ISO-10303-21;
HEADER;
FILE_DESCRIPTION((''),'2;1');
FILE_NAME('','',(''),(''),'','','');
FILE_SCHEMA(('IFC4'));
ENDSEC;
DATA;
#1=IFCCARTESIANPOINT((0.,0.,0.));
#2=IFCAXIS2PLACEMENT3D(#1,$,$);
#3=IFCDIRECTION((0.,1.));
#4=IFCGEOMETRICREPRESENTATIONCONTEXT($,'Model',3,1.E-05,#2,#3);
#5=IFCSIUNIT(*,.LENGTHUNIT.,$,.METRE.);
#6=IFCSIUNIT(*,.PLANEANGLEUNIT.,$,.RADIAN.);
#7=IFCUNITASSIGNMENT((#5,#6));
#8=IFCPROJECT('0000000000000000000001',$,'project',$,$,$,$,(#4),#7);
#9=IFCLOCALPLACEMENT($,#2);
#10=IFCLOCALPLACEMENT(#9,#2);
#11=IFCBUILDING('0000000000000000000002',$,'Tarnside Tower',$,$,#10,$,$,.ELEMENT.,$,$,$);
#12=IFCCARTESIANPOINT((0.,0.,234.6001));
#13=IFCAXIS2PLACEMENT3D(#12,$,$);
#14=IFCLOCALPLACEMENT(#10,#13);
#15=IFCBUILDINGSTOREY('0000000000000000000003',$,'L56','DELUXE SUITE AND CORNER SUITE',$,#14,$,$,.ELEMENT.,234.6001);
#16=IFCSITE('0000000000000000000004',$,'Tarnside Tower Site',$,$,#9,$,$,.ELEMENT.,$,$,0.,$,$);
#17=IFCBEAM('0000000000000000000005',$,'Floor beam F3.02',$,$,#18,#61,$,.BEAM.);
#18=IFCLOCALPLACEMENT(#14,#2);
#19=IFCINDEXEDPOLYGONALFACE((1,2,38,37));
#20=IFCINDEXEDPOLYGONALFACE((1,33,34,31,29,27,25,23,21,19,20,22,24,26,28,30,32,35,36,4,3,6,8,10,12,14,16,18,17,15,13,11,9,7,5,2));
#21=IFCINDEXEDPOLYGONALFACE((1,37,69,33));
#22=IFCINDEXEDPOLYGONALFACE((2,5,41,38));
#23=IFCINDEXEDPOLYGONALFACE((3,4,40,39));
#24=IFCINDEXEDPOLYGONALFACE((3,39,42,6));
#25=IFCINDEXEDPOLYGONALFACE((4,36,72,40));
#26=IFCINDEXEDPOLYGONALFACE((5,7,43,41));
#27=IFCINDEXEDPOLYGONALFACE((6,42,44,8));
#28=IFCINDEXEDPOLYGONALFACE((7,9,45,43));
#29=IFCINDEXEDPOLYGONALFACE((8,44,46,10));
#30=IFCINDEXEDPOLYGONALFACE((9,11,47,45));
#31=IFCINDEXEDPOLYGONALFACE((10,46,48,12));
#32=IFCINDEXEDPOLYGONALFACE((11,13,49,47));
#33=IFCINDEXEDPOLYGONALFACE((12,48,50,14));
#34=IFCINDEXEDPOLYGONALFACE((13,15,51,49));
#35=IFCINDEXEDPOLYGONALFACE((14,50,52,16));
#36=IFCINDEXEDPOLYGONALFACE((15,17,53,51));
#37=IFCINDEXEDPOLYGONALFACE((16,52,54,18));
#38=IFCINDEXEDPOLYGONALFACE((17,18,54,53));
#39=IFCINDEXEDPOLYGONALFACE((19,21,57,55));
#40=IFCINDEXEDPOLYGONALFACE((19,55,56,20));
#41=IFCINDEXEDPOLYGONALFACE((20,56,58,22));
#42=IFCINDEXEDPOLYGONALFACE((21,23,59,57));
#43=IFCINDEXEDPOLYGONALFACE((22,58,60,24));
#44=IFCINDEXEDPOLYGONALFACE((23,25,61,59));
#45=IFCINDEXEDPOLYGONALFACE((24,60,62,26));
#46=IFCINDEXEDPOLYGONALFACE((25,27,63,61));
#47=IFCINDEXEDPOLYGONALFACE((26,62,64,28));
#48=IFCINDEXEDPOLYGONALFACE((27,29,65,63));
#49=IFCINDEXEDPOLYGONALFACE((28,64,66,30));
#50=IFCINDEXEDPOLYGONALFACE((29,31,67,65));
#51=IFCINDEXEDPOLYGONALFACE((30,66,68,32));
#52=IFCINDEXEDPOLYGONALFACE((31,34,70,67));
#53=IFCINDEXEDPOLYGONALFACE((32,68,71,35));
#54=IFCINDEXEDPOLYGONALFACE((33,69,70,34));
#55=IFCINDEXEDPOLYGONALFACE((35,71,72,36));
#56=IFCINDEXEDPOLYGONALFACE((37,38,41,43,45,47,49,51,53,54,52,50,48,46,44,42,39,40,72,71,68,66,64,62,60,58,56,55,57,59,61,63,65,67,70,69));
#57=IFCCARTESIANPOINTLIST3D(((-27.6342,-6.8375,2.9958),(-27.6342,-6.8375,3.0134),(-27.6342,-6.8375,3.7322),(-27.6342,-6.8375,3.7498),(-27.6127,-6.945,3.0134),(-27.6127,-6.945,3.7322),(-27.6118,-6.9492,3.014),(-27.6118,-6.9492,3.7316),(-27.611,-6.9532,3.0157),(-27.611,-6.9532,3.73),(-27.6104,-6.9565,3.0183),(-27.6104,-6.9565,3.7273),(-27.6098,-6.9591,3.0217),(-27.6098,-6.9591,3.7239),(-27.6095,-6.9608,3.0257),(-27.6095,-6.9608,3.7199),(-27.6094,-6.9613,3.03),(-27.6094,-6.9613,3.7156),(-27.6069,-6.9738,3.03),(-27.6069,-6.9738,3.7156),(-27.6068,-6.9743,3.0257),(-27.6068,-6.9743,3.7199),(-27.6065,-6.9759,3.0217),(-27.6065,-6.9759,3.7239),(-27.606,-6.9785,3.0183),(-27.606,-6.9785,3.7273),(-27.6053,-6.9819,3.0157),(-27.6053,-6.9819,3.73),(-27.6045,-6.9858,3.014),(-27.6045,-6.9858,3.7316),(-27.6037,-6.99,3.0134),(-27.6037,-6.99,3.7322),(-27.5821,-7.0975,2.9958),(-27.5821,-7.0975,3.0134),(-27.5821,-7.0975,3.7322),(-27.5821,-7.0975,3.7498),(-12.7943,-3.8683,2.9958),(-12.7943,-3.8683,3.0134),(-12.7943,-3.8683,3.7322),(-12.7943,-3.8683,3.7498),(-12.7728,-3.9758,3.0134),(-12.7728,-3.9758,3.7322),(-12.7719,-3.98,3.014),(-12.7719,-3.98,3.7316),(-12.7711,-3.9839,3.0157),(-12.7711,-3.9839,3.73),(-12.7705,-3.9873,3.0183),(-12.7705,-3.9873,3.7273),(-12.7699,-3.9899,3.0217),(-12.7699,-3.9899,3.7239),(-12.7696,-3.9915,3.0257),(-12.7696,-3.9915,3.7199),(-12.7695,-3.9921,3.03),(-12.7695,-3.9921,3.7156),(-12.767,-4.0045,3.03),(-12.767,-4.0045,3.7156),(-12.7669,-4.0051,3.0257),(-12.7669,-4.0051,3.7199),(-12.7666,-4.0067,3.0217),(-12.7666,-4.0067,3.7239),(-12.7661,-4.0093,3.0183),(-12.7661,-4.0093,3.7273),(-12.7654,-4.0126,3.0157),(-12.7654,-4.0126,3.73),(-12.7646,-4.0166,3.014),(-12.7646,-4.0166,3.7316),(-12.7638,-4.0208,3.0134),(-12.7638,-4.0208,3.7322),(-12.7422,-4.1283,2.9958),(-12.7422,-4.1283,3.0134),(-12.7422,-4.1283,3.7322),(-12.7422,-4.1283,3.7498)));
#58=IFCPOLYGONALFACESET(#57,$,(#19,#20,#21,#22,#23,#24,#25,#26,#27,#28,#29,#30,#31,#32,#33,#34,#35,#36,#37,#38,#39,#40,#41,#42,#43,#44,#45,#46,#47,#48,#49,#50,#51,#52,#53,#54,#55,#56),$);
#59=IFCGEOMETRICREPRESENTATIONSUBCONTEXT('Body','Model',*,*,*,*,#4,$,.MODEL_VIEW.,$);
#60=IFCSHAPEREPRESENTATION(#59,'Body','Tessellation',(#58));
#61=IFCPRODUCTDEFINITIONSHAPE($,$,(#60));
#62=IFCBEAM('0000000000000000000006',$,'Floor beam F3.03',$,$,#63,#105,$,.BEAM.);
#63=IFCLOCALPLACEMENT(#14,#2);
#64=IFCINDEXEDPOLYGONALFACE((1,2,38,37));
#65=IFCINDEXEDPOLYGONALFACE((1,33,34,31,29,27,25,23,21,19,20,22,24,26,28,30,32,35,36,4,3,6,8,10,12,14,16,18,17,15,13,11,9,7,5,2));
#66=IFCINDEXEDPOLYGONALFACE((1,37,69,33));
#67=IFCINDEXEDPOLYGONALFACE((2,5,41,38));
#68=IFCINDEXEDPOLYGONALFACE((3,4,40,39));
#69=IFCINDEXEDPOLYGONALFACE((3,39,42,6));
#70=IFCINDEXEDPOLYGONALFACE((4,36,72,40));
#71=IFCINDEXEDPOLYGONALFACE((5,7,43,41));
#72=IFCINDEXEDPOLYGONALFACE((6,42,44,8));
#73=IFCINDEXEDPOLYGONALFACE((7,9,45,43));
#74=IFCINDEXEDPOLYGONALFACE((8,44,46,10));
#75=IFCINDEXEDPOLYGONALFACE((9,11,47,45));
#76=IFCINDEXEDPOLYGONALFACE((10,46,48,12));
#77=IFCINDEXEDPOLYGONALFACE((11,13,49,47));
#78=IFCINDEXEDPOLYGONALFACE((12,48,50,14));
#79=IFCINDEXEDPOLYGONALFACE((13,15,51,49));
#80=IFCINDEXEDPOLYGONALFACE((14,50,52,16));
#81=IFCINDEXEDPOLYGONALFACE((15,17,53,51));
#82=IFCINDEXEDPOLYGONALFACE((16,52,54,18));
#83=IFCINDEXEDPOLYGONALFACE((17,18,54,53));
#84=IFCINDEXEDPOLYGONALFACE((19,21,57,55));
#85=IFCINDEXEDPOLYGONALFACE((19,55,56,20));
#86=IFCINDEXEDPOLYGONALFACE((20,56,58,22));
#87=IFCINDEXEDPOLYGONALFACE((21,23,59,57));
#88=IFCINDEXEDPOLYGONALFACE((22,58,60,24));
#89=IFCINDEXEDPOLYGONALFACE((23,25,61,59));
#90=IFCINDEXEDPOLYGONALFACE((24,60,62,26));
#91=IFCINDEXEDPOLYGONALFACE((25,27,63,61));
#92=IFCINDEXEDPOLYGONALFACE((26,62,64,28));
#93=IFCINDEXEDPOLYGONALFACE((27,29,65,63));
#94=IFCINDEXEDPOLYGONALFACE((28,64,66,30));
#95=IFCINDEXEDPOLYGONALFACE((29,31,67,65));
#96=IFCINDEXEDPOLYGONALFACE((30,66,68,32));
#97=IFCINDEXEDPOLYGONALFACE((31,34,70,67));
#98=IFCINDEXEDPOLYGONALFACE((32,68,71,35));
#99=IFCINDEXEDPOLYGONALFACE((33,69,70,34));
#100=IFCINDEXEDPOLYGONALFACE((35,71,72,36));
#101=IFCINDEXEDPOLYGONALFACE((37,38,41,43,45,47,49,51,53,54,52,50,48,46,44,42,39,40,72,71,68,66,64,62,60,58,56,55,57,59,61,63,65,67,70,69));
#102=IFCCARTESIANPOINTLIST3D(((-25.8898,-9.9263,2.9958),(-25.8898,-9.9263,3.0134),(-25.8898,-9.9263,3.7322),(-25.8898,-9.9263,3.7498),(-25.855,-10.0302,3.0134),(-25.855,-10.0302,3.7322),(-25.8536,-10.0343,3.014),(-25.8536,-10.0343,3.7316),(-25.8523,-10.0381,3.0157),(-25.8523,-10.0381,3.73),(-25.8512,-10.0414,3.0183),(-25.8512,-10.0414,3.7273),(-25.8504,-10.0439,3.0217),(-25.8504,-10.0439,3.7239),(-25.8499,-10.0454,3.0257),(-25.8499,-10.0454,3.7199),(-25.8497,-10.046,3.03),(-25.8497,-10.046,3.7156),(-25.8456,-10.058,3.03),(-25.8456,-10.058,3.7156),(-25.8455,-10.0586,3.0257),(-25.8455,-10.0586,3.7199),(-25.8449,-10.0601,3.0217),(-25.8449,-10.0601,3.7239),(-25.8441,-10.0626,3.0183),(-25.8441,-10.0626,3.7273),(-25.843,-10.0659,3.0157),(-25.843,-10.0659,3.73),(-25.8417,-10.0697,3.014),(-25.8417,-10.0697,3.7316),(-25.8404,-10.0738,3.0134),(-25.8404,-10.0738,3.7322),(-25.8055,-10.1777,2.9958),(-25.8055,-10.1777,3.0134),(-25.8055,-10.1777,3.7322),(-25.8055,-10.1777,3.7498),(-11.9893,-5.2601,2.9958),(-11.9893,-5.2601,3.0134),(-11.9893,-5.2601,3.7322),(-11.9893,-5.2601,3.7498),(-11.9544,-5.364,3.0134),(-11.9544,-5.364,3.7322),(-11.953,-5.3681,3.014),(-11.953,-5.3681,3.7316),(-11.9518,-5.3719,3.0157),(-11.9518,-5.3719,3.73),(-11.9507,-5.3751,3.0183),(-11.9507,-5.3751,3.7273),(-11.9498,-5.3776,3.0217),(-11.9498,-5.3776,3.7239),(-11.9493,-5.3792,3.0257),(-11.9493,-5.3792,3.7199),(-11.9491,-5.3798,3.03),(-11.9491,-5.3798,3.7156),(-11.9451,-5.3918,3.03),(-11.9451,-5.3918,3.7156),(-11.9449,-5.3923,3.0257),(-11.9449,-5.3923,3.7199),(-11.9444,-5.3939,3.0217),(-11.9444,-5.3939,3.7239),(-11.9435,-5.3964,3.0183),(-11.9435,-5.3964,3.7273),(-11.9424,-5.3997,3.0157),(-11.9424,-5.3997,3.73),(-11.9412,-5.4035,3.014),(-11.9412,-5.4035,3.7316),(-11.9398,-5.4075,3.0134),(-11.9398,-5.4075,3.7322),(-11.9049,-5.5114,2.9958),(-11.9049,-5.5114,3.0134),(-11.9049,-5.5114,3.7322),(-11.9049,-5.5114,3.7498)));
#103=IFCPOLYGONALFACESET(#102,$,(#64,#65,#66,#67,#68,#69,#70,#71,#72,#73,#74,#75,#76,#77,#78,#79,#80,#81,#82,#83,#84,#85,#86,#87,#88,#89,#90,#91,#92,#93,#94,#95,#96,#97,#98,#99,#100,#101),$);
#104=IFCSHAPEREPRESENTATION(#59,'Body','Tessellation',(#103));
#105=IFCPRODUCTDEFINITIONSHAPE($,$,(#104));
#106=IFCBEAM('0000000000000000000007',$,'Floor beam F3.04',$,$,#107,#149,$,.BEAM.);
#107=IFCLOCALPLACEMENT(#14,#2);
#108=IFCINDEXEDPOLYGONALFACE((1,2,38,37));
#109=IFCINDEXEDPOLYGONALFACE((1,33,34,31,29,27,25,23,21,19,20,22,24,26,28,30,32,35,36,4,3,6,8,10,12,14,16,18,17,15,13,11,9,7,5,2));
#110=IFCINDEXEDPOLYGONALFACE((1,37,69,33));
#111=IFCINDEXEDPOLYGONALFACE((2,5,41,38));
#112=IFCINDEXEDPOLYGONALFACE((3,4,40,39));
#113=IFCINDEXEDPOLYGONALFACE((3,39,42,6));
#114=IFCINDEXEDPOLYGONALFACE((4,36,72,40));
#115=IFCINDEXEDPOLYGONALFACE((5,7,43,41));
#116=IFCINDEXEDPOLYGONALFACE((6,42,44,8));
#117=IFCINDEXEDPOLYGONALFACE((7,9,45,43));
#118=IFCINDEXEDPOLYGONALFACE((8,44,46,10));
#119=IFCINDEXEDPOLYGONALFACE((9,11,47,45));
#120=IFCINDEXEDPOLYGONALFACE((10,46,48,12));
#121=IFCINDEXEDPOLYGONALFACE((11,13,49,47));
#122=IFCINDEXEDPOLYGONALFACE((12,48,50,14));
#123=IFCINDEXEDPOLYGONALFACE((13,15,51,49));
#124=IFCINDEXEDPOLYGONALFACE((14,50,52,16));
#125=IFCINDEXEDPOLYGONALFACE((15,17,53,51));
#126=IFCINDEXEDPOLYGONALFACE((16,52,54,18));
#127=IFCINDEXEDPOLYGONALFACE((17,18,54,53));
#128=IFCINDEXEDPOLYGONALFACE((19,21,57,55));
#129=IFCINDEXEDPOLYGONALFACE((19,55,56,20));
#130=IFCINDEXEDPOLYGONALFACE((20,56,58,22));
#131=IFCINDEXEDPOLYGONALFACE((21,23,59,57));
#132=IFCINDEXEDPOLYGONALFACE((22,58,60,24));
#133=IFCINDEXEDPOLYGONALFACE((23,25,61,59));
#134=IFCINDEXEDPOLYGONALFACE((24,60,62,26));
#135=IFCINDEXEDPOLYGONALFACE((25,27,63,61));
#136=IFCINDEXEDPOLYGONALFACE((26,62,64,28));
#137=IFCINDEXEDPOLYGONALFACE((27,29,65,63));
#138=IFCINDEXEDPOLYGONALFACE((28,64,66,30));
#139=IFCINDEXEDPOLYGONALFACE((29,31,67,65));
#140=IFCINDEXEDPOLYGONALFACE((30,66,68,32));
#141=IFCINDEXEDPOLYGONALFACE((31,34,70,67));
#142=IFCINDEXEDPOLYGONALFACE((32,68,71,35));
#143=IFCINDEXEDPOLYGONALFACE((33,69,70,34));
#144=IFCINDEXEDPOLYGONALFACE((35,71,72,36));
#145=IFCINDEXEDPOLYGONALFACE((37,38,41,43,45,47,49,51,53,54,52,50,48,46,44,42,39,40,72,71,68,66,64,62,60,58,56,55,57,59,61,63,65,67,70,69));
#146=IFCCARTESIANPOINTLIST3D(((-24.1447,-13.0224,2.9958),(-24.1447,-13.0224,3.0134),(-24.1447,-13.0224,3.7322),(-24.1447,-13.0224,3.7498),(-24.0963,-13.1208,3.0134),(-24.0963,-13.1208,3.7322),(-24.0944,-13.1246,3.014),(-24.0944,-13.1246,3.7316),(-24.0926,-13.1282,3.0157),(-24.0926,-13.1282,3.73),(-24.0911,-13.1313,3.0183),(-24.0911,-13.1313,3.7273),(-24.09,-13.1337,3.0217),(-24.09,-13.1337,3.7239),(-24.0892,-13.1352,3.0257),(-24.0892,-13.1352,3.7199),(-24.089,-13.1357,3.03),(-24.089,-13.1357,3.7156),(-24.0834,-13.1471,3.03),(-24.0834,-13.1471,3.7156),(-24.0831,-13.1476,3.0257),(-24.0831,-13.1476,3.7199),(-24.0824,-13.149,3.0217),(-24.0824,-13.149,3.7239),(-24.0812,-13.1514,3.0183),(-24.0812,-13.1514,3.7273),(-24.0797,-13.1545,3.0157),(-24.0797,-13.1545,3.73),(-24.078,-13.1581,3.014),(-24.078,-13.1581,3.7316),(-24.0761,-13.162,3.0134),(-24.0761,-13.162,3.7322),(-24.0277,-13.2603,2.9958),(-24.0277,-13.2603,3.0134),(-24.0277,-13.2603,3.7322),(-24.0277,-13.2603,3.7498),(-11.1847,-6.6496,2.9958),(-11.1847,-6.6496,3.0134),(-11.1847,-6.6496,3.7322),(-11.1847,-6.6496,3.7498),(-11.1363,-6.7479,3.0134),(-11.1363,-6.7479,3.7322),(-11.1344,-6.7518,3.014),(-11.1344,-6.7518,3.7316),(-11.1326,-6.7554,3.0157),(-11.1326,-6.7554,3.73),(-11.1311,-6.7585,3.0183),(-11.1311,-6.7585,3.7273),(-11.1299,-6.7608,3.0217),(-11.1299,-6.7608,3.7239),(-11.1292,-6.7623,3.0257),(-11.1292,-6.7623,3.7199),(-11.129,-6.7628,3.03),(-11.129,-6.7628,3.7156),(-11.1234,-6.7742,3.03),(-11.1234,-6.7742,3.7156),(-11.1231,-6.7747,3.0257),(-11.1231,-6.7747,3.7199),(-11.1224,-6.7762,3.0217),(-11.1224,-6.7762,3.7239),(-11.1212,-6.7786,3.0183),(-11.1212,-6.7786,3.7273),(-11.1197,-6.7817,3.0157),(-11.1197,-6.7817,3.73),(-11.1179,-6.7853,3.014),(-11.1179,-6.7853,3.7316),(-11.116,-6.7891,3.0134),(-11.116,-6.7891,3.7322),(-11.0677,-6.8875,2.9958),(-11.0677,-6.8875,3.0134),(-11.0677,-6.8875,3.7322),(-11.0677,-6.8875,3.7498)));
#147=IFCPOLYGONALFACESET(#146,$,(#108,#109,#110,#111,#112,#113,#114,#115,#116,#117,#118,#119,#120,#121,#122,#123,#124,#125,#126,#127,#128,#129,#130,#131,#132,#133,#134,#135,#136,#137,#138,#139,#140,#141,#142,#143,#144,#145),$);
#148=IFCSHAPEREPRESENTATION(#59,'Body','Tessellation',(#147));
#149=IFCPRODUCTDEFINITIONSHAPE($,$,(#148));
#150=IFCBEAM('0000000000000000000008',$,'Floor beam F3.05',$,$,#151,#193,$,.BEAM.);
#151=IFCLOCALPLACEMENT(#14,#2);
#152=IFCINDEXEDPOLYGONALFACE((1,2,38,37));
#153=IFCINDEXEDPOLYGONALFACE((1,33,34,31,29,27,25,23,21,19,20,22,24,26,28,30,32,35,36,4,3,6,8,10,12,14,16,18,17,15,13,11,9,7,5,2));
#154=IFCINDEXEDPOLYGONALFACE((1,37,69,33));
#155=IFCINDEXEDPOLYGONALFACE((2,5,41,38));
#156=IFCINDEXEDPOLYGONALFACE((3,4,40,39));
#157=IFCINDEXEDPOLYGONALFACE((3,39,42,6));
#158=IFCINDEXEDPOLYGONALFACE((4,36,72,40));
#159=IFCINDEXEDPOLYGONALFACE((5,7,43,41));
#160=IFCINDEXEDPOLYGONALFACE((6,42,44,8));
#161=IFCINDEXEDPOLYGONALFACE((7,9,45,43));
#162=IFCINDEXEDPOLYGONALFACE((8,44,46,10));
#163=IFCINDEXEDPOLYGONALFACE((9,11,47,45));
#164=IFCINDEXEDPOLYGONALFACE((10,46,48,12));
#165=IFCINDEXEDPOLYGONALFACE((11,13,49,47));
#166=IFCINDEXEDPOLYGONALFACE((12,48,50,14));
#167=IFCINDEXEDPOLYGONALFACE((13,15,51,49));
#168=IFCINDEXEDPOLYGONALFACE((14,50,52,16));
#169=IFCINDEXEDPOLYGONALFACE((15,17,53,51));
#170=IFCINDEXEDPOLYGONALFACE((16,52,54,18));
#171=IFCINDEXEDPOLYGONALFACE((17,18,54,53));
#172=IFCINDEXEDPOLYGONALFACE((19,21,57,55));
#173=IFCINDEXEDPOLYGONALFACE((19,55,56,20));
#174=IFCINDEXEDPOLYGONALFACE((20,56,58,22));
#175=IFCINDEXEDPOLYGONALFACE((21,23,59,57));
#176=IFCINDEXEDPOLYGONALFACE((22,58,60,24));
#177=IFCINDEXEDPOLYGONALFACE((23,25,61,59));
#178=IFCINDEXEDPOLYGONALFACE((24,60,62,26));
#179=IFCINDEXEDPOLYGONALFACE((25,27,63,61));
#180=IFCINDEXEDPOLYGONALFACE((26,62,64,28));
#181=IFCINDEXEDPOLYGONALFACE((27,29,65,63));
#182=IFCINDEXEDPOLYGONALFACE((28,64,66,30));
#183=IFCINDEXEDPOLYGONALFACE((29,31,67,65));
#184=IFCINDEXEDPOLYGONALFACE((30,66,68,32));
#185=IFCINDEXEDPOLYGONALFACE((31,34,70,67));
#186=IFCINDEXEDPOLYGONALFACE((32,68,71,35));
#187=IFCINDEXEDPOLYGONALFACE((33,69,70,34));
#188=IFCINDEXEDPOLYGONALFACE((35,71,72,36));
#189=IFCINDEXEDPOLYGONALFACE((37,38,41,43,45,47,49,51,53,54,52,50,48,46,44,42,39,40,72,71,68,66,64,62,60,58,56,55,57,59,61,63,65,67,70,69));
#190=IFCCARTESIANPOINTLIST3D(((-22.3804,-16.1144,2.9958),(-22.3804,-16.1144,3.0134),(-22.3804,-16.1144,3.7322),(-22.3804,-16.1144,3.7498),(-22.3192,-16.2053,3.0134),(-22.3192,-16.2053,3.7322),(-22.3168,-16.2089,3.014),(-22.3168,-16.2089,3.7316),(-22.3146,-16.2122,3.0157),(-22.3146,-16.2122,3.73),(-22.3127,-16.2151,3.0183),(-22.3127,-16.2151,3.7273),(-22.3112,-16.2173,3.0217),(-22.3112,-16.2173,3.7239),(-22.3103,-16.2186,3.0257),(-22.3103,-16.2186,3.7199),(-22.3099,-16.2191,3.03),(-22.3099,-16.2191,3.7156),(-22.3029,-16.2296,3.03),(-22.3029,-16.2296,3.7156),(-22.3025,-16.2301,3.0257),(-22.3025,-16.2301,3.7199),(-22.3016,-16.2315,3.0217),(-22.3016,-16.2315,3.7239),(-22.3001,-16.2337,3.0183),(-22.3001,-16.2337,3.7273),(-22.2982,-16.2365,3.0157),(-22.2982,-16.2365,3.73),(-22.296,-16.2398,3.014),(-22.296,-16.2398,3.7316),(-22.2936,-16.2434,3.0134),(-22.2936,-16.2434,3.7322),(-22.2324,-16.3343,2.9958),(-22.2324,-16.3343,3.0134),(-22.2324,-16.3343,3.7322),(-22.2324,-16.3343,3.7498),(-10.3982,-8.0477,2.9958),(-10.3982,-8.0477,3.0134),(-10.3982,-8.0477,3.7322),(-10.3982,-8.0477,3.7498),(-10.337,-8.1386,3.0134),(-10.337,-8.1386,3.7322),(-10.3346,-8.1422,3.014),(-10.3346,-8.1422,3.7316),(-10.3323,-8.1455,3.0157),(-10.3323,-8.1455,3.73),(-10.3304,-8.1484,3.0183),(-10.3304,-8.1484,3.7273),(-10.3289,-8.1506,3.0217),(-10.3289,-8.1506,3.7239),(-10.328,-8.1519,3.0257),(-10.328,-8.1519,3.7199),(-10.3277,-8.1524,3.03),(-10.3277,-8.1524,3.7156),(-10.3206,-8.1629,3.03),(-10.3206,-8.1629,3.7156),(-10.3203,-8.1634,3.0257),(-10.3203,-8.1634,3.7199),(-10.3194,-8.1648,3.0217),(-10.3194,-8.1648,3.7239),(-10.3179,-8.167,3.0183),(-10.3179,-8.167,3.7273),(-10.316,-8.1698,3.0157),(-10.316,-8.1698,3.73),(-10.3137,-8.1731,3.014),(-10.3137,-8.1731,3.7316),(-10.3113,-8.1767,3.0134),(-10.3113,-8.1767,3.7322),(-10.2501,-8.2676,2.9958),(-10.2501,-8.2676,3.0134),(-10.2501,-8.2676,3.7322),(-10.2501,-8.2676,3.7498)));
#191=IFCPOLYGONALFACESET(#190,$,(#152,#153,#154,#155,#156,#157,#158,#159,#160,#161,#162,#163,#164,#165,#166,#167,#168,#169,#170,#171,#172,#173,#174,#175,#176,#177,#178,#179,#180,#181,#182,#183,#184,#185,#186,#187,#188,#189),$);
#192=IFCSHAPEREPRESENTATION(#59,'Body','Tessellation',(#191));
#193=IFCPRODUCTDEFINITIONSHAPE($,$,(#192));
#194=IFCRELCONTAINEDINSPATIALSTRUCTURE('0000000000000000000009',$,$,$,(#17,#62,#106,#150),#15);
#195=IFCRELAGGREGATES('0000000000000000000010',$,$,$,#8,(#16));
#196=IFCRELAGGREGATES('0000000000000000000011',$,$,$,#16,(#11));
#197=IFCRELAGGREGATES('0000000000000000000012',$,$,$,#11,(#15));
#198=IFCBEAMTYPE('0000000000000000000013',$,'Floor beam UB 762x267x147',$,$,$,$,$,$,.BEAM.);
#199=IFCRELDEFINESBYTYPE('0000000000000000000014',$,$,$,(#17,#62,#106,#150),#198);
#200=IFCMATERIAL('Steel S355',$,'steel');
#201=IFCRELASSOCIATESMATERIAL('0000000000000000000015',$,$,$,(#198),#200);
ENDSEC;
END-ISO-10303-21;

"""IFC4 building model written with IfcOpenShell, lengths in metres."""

from ifc_helpers import new_model, si_unit, direction, frame, origin, origin_2d, place, context, subcontext, project, spatial, i_section, extrude, material, material_profile, profile_set, type_object, element, save


model = new_model("IFC4")

# Units and contexts
model_context = context("Model", 3, precision=1e-05, world=origin(), true_north=direction((0.0, 1.0)))
body_context = subcontext(model_context, "Body", "Model", "MODEL_VIEW")
ifc_project = project(units=[si_unit("LENGTHUNIT", "METRE"), si_unit("PLANEANGLEUNIT", "RADIAN")], contexts=[model_context])

# Site, building, storey
site_placement = place(None, origin())
site = spatial("IfcSite", under=ifc_project, at=site_placement, Name="Tarnside Tower Site", CompositionType="ELEMENT", RefElevation=0.0)
building_placement = place(site_placement, origin())
building = spatial("IfcBuilding", under=site, at=building_placement, Name="Tarnside Tower", CompositionType="ELEMENT")
storey_placement = place(building_placement, frame((0.0, 0.0, 234.6001)))
storey = spatial("IfcBuildingStorey", under=building, at=storey_placement, Name="L56", Description="DELUXE SUITE AND CORNER SUITE", CompositionType="ELEMENT", Elevation=234.6001)

# Beams
ifc_material_1 = material(Name="Steel S355", Category="steel")
ifc_material_profile_1 = material_profile(ifc_material_1, i_section(OverallWidth=0.2651, OverallDepth=0.7539, WebThickness=0.0127, FlangeThickness=0.0176, FilletRadius=0.0166, at=origin_2d()), Name="UB 762x267x147")
ifc_profile_set_1 = profile_set([ifc_material_profile_1], Name="Steel S355")
beam_type_1 = type_object("IfcBeamType", Name="Floor beam UB 762x267x147", PredefinedType="BEAM", material=ifc_profile_set_1)
beam_1_placement = place(storey_placement, frame((-27.6082, -6.9675, 3.3728), z_axis=(0.980565, 0.196197, 0.0), x_axis=(-0.196197, 0.980565, 0.0)))
element("IfcBeam", 1, at=beam_1_placement, inside=storey, type_object=beam_type_1, Name="Floor beam F3.02", PredefinedType="BEAM", context=body_context, shape_type="SweptSolid", body=[
    extrude(i_section(OverallWidth=0.2651, OverallDepth=0.7539, WebThickness=0.0127, FlangeThickness=0.0176, FilletRadius=0.0166, at=origin_2d()), origin(), (0.0, 0.0, 1.0), 15.134),
])
beam_2_placement = place(storey_placement, frame((-25.8477, -10.052, 3.3728), z_axis=(0.948012, 0.318235, 0.0), x_axis=(-0.318235, 0.948012, 0.0)))
element("IfcBeam", 2, at=beam_2_placement, inside=storey, type_object=beam_type_1, Name="Floor beam F3.03", PredefinedType="BEAM", context=body_context, shape_type="SweptSolid", body=[
    extrude(i_section(OverallWidth=0.2651, OverallDepth=0.7539, WebThickness=0.0127, FlangeThickness=0.0176, FilletRadius=0.0166, at=origin_2d()), origin(), (0.0, 0.0, 1.0), 14.6628),
])
beam_3_placement = place(storey_placement, frame((-24.0862, -13.1414, 3.3728), z_axis=(0.897376, 0.441267, 0.0), x_axis=(-0.441267, 0.897376, 0.0)))
element("IfcBeam", 3, at=beam_3_placement, inside=storey, type_object=beam_type_1, Name="Floor beam F3.04", PredefinedType="BEAM", context=body_context, shape_type="SweptSolid", body=[
    extrude(i_section(OverallWidth=0.2651, OverallDepth=0.7539, WebThickness=0.0127, FlangeThickness=0.0176, FilletRadius=0.0166, at=origin_2d()), origin(), (0.0, 0.0, 1.0), 14.4421),
])
beam_4_placement = place(storey_placement, frame((-22.3064, -16.2244, 3.3728), z_axis=(0.829532, 0.558458, 0.0), x_axis=(-0.558458, 0.829532, 0.0)))
element("IfcBeam", 4, at=beam_4_placement, inside=storey, type_object=beam_type_1, Name="Floor beam F3.05", PredefinedType="BEAM", context=body_context, shape_type="SweptSolid", body=[
    extrude(i_section(OverallWidth=0.2651, OverallDepth=0.7539, WebThickness=0.0127, FlangeThickness=0.0176, FilletRadius=0.0166, at=origin_2d()), origin(), (0.0, 0.0, 1.0), 14.4446),
])

save(model, "model.ifc")
